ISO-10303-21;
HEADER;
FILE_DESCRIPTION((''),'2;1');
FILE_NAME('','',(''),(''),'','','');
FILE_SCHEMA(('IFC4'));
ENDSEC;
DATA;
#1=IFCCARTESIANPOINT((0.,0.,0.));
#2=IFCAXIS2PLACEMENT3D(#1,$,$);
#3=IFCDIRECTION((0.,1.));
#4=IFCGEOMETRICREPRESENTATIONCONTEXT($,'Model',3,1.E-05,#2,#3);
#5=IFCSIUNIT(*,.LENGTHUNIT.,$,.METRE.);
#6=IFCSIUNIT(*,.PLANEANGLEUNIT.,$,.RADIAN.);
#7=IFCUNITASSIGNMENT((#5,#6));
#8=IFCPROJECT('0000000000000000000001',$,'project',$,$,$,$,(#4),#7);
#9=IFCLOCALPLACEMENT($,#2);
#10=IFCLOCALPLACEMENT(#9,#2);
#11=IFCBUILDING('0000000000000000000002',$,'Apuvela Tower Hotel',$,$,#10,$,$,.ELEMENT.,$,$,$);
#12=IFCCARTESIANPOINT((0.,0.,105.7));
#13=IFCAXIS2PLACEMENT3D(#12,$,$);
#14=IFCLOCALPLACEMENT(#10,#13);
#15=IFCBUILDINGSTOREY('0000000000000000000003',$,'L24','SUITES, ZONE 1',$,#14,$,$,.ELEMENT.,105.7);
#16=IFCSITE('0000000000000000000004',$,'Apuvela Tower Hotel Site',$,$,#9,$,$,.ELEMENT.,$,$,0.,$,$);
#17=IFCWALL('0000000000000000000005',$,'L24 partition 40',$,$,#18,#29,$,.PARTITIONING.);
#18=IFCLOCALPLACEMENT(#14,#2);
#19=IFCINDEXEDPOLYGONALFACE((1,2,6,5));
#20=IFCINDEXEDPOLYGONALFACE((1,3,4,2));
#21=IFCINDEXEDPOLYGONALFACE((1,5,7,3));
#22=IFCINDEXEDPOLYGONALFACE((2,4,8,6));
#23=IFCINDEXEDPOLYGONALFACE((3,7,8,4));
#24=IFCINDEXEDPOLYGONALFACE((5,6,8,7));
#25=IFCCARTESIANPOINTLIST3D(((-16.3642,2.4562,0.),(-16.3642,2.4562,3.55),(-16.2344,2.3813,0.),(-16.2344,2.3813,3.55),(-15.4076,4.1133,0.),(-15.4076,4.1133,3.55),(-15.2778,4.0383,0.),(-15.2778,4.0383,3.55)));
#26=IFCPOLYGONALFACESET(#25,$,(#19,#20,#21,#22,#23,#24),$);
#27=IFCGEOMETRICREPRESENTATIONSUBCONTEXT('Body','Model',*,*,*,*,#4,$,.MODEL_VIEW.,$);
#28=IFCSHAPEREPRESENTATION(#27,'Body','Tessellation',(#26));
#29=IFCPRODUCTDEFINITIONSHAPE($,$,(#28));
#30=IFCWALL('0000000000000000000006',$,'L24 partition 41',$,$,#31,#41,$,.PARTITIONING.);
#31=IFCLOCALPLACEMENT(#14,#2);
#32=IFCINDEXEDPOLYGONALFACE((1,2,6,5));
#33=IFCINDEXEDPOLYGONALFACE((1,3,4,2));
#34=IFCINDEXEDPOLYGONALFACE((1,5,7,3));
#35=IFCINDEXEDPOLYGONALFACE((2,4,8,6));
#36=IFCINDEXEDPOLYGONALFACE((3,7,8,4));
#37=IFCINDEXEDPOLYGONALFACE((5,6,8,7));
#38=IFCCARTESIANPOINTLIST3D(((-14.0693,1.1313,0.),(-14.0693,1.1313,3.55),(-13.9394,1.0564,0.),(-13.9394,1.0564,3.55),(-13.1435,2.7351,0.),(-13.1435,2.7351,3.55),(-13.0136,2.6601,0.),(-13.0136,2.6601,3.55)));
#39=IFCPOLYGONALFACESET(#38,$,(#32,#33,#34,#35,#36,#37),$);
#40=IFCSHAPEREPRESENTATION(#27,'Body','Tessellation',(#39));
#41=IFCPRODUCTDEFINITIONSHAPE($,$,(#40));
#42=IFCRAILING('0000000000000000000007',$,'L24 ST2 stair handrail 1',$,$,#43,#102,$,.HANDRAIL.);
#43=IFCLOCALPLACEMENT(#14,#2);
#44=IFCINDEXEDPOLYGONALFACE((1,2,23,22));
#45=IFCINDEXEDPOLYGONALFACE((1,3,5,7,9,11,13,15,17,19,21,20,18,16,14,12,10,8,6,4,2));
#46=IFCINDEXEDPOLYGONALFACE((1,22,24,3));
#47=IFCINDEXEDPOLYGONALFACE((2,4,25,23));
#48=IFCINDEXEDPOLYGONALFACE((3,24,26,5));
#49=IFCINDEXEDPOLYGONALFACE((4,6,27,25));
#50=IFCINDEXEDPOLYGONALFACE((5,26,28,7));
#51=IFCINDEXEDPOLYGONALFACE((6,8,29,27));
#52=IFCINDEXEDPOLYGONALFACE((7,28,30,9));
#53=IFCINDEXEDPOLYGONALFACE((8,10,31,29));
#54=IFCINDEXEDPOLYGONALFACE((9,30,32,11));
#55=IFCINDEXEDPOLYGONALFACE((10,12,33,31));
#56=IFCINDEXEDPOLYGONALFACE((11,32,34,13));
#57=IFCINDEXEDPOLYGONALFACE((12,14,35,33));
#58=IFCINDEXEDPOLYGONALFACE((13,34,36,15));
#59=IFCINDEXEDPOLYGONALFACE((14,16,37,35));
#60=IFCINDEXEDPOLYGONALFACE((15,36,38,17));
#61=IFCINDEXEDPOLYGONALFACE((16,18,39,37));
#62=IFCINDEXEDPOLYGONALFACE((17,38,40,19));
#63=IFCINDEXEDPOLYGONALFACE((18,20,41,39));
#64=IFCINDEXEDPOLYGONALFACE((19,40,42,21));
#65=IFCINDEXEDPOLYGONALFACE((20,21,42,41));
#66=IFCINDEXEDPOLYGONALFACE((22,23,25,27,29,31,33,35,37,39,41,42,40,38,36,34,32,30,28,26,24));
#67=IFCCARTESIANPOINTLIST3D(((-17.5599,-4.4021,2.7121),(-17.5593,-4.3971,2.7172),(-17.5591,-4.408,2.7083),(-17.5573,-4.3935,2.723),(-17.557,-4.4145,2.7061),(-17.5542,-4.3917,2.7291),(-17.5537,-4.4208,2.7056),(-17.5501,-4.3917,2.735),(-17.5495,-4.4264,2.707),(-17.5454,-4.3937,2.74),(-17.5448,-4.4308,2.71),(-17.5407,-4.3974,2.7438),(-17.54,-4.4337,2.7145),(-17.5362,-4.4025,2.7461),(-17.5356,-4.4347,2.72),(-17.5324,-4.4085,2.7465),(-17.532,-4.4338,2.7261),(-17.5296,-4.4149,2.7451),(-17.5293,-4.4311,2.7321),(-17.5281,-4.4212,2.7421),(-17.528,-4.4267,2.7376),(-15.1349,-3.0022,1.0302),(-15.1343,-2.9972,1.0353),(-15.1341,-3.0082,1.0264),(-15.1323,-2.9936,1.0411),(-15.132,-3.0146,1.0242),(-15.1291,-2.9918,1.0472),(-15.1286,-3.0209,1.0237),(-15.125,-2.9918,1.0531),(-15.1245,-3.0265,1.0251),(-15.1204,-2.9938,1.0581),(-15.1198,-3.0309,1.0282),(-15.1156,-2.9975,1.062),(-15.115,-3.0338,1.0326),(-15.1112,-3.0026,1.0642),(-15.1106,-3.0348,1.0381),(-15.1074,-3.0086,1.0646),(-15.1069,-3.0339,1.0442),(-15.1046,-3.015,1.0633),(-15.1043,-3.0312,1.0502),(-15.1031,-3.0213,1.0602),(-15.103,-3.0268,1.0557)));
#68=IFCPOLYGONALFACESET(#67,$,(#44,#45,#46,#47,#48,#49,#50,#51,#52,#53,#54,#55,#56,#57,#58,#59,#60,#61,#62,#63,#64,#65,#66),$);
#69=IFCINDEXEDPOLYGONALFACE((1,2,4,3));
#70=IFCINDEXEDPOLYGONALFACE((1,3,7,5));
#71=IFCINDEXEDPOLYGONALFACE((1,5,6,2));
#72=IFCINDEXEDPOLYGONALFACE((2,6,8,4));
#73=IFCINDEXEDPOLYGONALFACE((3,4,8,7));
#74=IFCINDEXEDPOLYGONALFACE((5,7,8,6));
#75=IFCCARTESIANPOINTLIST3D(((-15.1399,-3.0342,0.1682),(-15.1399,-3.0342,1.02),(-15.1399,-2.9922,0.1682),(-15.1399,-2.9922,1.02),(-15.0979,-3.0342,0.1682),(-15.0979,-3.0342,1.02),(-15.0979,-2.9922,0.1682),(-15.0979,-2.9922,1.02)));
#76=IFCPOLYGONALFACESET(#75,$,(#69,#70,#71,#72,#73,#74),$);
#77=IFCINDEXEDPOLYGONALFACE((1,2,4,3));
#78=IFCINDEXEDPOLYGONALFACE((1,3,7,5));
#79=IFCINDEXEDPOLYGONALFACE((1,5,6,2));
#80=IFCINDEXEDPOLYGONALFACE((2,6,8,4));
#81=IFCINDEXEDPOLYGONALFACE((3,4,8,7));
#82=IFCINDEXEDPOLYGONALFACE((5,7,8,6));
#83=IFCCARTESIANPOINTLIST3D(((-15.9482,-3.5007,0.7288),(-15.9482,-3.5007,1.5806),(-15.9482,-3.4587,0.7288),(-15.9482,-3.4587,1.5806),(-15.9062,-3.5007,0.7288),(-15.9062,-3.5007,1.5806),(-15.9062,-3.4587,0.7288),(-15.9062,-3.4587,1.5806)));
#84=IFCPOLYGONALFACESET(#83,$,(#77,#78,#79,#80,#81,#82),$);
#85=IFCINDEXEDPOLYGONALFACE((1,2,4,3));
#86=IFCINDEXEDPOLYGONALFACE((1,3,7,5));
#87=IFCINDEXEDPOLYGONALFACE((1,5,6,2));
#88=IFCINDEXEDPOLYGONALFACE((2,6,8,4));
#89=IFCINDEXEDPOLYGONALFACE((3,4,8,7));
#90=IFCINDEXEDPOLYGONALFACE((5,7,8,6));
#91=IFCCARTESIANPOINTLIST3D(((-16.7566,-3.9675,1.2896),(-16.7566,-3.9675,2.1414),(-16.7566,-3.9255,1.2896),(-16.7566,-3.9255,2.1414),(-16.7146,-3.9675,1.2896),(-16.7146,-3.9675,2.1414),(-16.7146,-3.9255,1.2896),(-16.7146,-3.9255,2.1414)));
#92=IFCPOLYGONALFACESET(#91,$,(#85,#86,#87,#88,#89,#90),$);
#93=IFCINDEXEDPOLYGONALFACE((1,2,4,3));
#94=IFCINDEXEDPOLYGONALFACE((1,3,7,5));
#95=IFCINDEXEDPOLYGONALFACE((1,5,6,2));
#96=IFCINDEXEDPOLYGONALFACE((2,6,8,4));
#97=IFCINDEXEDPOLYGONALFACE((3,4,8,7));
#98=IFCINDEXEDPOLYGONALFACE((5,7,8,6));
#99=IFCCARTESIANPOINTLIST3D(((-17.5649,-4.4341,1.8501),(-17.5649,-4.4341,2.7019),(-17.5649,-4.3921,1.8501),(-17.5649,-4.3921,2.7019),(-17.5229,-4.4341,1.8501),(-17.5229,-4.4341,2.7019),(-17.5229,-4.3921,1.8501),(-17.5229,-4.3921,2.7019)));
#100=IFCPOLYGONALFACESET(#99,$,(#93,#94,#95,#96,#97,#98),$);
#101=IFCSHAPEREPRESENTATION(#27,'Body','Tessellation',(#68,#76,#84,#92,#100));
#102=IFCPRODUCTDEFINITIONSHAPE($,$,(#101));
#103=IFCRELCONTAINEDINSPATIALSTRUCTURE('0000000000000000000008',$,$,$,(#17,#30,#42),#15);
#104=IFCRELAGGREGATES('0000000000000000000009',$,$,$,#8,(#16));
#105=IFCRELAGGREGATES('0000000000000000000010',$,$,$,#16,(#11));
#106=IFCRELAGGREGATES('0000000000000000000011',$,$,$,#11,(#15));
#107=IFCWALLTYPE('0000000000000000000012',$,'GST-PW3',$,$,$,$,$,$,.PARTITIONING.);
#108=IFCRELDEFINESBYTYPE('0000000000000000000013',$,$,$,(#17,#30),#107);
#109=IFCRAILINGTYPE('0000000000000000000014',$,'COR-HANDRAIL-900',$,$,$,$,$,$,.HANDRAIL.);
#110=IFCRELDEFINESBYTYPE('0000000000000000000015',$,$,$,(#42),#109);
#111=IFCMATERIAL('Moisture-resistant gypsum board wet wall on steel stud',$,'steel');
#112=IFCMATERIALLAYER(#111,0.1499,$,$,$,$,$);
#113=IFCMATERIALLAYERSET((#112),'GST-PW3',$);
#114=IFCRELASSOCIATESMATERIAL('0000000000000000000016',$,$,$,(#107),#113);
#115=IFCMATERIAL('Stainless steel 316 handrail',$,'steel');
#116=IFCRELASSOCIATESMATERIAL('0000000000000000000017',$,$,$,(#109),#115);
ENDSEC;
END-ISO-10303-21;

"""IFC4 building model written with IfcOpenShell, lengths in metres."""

from ifc_helpers import new_model, si_unit, direction, frame, frame_2d, origin, origin_2d, place, context, subcontext, project, spatial, rectangle, circle, extrude, material, layer, layer_set, type_object, element, save


model = new_model("IFC4")

# Units and contexts
model_context = context("Model", 3, precision=1e-05, world=origin(), true_north=direction((0.0, 1.0)))
body_context = subcontext(model_context, "Body", "Model", "MODEL_VIEW")
ifc_project = project(units=[si_unit("LENGTHUNIT", "METRE"), si_unit("PLANEANGLEUNIT", "RADIAN")], contexts=[model_context])

# Site, building, storey
site_placement = place(None, origin())
site = spatial("IfcSite", under=ifc_project, at=site_placement, Name="Apuvela Tower Hotel Site", CompositionType="ELEMENT", RefElevation=0.0)
building_placement = place(site_placement, origin())
building = spatial("IfcBuilding", under=site, at=building_placement, Name="Apuvela Tower Hotel", CompositionType="ELEMENT")
storey_placement = place(building_placement, frame((0.0, 0.0, 105.7)))
storey = spatial("IfcBuildingStorey", under=building, at=storey_placement, Name="L24", Description="SUITES, ZONE 1", CompositionType="ELEMENT", Elevation=105.7)

# Shared definitions
ifc_material_1 = material(Name="Moisture-resistant gypsum board wet wall on steel stud", Category="steel")
ifc_layer_1 = layer(ifc_material_1, 0.1499)
ifc_layer_set_1 = layer_set([ifc_layer_1], Name="GST-PW3")
wall_type_1 = type_object("IfcWallType", Name="GST-PW3", PredefinedType="PARTITIONING", material=ifc_layer_set_1)

# Walls
wall_1_placement = place(storey_placement, frame((-15.3428, 4.0757, 0.0), z_axis=(0.0, 0.0, 1.0), x_axis=(-0.499954, -0.866052, 0.0)))
element("IfcWall", 1, at=wall_1_placement, inside=storey, type_object=wall_type_1, Name="L24 partition 40", PredefinedType="PARTITIONING", context=body_context, shape_type="SweptSolid", body=[
    extrude(rectangle(XDim=1.9133, YDim=0.1499, at=frame_2d((0.9565, 0.0))), origin(), (0.0, 0.0, 1.0), 3.55),
])
wall_2_placement = place(storey_placement, frame((-13.0786, 2.6975, 0.0), z_axis=(0.0, 0.0, 1.0), x_axis=(-0.499939, -0.86606, 0.0)))
element("IfcWall", 2, at=wall_2_placement, inside=storey, type_object=wall_type_1, Name="L24 partition 41", PredefinedType="PARTITIONING", context=body_context, shape_type="SweptSolid", body=[
    extrude(rectangle(XDim=1.8518, YDim=0.1499, at=frame_2d((0.9258, 0.0))), origin(), (0.0, 0.0, 1.0), 3.55),
])

# Railing
ifc_material_2 = material(Name="Stainless steel 316 handrail", Category="steel")
railing_type_1 = type_object("IfcRailingType", Name="COR-HANDRAIL-900", PredefinedType="HANDRAIL", material=ifc_material_2)
railing_1_placement = place(storey_placement, frame((-15.1189, -3.0132, 0.1682)))
element("IfcRailing", 3, at=railing_1_placement, inside=storey, type_object=railing_type_1, Name="L24 ST2 stair handrail 1", PredefinedType="HANDRAIL", context=body_context, shape_type="SweptSolid", body=[
    extrude(circle(Radius=0.0239, at=origin_2d()), frame((0.0, 0.0, 0.876), z_axis=(-0.742424, -0.428577, 0.514906), x_axis=(0.499946, -0.866056, 0.0)), (0.0, 0.0, 1.0), 3.2664),
    extrude(rectangle(XDim=0.042, YDim=0.042, at=origin_2d()), origin(), (0.0, 0.0, 1.0), 0.8518),
    extrude(rectangle(XDim=0.042, YDim=0.042, at=origin_2d()), frame((-0.8083, -0.4666, 0.5605)), (0.0, 0.0, 1.0), 0.8518),
    extrude(rectangle(XDim=0.042, YDim=0.042, at=origin_2d()), frame((-1.6167, -0.9333, 1.1213)), (0.0, 0.0, 1.0), 0.8518),
    extrude(rectangle(XDim=0.042, YDim=0.042, at=origin_2d()), frame((-2.425, -1.3999, 1.6819)), (0.0, 0.0, 1.0), 0.8518),
])

save(model, "model.ifc")
